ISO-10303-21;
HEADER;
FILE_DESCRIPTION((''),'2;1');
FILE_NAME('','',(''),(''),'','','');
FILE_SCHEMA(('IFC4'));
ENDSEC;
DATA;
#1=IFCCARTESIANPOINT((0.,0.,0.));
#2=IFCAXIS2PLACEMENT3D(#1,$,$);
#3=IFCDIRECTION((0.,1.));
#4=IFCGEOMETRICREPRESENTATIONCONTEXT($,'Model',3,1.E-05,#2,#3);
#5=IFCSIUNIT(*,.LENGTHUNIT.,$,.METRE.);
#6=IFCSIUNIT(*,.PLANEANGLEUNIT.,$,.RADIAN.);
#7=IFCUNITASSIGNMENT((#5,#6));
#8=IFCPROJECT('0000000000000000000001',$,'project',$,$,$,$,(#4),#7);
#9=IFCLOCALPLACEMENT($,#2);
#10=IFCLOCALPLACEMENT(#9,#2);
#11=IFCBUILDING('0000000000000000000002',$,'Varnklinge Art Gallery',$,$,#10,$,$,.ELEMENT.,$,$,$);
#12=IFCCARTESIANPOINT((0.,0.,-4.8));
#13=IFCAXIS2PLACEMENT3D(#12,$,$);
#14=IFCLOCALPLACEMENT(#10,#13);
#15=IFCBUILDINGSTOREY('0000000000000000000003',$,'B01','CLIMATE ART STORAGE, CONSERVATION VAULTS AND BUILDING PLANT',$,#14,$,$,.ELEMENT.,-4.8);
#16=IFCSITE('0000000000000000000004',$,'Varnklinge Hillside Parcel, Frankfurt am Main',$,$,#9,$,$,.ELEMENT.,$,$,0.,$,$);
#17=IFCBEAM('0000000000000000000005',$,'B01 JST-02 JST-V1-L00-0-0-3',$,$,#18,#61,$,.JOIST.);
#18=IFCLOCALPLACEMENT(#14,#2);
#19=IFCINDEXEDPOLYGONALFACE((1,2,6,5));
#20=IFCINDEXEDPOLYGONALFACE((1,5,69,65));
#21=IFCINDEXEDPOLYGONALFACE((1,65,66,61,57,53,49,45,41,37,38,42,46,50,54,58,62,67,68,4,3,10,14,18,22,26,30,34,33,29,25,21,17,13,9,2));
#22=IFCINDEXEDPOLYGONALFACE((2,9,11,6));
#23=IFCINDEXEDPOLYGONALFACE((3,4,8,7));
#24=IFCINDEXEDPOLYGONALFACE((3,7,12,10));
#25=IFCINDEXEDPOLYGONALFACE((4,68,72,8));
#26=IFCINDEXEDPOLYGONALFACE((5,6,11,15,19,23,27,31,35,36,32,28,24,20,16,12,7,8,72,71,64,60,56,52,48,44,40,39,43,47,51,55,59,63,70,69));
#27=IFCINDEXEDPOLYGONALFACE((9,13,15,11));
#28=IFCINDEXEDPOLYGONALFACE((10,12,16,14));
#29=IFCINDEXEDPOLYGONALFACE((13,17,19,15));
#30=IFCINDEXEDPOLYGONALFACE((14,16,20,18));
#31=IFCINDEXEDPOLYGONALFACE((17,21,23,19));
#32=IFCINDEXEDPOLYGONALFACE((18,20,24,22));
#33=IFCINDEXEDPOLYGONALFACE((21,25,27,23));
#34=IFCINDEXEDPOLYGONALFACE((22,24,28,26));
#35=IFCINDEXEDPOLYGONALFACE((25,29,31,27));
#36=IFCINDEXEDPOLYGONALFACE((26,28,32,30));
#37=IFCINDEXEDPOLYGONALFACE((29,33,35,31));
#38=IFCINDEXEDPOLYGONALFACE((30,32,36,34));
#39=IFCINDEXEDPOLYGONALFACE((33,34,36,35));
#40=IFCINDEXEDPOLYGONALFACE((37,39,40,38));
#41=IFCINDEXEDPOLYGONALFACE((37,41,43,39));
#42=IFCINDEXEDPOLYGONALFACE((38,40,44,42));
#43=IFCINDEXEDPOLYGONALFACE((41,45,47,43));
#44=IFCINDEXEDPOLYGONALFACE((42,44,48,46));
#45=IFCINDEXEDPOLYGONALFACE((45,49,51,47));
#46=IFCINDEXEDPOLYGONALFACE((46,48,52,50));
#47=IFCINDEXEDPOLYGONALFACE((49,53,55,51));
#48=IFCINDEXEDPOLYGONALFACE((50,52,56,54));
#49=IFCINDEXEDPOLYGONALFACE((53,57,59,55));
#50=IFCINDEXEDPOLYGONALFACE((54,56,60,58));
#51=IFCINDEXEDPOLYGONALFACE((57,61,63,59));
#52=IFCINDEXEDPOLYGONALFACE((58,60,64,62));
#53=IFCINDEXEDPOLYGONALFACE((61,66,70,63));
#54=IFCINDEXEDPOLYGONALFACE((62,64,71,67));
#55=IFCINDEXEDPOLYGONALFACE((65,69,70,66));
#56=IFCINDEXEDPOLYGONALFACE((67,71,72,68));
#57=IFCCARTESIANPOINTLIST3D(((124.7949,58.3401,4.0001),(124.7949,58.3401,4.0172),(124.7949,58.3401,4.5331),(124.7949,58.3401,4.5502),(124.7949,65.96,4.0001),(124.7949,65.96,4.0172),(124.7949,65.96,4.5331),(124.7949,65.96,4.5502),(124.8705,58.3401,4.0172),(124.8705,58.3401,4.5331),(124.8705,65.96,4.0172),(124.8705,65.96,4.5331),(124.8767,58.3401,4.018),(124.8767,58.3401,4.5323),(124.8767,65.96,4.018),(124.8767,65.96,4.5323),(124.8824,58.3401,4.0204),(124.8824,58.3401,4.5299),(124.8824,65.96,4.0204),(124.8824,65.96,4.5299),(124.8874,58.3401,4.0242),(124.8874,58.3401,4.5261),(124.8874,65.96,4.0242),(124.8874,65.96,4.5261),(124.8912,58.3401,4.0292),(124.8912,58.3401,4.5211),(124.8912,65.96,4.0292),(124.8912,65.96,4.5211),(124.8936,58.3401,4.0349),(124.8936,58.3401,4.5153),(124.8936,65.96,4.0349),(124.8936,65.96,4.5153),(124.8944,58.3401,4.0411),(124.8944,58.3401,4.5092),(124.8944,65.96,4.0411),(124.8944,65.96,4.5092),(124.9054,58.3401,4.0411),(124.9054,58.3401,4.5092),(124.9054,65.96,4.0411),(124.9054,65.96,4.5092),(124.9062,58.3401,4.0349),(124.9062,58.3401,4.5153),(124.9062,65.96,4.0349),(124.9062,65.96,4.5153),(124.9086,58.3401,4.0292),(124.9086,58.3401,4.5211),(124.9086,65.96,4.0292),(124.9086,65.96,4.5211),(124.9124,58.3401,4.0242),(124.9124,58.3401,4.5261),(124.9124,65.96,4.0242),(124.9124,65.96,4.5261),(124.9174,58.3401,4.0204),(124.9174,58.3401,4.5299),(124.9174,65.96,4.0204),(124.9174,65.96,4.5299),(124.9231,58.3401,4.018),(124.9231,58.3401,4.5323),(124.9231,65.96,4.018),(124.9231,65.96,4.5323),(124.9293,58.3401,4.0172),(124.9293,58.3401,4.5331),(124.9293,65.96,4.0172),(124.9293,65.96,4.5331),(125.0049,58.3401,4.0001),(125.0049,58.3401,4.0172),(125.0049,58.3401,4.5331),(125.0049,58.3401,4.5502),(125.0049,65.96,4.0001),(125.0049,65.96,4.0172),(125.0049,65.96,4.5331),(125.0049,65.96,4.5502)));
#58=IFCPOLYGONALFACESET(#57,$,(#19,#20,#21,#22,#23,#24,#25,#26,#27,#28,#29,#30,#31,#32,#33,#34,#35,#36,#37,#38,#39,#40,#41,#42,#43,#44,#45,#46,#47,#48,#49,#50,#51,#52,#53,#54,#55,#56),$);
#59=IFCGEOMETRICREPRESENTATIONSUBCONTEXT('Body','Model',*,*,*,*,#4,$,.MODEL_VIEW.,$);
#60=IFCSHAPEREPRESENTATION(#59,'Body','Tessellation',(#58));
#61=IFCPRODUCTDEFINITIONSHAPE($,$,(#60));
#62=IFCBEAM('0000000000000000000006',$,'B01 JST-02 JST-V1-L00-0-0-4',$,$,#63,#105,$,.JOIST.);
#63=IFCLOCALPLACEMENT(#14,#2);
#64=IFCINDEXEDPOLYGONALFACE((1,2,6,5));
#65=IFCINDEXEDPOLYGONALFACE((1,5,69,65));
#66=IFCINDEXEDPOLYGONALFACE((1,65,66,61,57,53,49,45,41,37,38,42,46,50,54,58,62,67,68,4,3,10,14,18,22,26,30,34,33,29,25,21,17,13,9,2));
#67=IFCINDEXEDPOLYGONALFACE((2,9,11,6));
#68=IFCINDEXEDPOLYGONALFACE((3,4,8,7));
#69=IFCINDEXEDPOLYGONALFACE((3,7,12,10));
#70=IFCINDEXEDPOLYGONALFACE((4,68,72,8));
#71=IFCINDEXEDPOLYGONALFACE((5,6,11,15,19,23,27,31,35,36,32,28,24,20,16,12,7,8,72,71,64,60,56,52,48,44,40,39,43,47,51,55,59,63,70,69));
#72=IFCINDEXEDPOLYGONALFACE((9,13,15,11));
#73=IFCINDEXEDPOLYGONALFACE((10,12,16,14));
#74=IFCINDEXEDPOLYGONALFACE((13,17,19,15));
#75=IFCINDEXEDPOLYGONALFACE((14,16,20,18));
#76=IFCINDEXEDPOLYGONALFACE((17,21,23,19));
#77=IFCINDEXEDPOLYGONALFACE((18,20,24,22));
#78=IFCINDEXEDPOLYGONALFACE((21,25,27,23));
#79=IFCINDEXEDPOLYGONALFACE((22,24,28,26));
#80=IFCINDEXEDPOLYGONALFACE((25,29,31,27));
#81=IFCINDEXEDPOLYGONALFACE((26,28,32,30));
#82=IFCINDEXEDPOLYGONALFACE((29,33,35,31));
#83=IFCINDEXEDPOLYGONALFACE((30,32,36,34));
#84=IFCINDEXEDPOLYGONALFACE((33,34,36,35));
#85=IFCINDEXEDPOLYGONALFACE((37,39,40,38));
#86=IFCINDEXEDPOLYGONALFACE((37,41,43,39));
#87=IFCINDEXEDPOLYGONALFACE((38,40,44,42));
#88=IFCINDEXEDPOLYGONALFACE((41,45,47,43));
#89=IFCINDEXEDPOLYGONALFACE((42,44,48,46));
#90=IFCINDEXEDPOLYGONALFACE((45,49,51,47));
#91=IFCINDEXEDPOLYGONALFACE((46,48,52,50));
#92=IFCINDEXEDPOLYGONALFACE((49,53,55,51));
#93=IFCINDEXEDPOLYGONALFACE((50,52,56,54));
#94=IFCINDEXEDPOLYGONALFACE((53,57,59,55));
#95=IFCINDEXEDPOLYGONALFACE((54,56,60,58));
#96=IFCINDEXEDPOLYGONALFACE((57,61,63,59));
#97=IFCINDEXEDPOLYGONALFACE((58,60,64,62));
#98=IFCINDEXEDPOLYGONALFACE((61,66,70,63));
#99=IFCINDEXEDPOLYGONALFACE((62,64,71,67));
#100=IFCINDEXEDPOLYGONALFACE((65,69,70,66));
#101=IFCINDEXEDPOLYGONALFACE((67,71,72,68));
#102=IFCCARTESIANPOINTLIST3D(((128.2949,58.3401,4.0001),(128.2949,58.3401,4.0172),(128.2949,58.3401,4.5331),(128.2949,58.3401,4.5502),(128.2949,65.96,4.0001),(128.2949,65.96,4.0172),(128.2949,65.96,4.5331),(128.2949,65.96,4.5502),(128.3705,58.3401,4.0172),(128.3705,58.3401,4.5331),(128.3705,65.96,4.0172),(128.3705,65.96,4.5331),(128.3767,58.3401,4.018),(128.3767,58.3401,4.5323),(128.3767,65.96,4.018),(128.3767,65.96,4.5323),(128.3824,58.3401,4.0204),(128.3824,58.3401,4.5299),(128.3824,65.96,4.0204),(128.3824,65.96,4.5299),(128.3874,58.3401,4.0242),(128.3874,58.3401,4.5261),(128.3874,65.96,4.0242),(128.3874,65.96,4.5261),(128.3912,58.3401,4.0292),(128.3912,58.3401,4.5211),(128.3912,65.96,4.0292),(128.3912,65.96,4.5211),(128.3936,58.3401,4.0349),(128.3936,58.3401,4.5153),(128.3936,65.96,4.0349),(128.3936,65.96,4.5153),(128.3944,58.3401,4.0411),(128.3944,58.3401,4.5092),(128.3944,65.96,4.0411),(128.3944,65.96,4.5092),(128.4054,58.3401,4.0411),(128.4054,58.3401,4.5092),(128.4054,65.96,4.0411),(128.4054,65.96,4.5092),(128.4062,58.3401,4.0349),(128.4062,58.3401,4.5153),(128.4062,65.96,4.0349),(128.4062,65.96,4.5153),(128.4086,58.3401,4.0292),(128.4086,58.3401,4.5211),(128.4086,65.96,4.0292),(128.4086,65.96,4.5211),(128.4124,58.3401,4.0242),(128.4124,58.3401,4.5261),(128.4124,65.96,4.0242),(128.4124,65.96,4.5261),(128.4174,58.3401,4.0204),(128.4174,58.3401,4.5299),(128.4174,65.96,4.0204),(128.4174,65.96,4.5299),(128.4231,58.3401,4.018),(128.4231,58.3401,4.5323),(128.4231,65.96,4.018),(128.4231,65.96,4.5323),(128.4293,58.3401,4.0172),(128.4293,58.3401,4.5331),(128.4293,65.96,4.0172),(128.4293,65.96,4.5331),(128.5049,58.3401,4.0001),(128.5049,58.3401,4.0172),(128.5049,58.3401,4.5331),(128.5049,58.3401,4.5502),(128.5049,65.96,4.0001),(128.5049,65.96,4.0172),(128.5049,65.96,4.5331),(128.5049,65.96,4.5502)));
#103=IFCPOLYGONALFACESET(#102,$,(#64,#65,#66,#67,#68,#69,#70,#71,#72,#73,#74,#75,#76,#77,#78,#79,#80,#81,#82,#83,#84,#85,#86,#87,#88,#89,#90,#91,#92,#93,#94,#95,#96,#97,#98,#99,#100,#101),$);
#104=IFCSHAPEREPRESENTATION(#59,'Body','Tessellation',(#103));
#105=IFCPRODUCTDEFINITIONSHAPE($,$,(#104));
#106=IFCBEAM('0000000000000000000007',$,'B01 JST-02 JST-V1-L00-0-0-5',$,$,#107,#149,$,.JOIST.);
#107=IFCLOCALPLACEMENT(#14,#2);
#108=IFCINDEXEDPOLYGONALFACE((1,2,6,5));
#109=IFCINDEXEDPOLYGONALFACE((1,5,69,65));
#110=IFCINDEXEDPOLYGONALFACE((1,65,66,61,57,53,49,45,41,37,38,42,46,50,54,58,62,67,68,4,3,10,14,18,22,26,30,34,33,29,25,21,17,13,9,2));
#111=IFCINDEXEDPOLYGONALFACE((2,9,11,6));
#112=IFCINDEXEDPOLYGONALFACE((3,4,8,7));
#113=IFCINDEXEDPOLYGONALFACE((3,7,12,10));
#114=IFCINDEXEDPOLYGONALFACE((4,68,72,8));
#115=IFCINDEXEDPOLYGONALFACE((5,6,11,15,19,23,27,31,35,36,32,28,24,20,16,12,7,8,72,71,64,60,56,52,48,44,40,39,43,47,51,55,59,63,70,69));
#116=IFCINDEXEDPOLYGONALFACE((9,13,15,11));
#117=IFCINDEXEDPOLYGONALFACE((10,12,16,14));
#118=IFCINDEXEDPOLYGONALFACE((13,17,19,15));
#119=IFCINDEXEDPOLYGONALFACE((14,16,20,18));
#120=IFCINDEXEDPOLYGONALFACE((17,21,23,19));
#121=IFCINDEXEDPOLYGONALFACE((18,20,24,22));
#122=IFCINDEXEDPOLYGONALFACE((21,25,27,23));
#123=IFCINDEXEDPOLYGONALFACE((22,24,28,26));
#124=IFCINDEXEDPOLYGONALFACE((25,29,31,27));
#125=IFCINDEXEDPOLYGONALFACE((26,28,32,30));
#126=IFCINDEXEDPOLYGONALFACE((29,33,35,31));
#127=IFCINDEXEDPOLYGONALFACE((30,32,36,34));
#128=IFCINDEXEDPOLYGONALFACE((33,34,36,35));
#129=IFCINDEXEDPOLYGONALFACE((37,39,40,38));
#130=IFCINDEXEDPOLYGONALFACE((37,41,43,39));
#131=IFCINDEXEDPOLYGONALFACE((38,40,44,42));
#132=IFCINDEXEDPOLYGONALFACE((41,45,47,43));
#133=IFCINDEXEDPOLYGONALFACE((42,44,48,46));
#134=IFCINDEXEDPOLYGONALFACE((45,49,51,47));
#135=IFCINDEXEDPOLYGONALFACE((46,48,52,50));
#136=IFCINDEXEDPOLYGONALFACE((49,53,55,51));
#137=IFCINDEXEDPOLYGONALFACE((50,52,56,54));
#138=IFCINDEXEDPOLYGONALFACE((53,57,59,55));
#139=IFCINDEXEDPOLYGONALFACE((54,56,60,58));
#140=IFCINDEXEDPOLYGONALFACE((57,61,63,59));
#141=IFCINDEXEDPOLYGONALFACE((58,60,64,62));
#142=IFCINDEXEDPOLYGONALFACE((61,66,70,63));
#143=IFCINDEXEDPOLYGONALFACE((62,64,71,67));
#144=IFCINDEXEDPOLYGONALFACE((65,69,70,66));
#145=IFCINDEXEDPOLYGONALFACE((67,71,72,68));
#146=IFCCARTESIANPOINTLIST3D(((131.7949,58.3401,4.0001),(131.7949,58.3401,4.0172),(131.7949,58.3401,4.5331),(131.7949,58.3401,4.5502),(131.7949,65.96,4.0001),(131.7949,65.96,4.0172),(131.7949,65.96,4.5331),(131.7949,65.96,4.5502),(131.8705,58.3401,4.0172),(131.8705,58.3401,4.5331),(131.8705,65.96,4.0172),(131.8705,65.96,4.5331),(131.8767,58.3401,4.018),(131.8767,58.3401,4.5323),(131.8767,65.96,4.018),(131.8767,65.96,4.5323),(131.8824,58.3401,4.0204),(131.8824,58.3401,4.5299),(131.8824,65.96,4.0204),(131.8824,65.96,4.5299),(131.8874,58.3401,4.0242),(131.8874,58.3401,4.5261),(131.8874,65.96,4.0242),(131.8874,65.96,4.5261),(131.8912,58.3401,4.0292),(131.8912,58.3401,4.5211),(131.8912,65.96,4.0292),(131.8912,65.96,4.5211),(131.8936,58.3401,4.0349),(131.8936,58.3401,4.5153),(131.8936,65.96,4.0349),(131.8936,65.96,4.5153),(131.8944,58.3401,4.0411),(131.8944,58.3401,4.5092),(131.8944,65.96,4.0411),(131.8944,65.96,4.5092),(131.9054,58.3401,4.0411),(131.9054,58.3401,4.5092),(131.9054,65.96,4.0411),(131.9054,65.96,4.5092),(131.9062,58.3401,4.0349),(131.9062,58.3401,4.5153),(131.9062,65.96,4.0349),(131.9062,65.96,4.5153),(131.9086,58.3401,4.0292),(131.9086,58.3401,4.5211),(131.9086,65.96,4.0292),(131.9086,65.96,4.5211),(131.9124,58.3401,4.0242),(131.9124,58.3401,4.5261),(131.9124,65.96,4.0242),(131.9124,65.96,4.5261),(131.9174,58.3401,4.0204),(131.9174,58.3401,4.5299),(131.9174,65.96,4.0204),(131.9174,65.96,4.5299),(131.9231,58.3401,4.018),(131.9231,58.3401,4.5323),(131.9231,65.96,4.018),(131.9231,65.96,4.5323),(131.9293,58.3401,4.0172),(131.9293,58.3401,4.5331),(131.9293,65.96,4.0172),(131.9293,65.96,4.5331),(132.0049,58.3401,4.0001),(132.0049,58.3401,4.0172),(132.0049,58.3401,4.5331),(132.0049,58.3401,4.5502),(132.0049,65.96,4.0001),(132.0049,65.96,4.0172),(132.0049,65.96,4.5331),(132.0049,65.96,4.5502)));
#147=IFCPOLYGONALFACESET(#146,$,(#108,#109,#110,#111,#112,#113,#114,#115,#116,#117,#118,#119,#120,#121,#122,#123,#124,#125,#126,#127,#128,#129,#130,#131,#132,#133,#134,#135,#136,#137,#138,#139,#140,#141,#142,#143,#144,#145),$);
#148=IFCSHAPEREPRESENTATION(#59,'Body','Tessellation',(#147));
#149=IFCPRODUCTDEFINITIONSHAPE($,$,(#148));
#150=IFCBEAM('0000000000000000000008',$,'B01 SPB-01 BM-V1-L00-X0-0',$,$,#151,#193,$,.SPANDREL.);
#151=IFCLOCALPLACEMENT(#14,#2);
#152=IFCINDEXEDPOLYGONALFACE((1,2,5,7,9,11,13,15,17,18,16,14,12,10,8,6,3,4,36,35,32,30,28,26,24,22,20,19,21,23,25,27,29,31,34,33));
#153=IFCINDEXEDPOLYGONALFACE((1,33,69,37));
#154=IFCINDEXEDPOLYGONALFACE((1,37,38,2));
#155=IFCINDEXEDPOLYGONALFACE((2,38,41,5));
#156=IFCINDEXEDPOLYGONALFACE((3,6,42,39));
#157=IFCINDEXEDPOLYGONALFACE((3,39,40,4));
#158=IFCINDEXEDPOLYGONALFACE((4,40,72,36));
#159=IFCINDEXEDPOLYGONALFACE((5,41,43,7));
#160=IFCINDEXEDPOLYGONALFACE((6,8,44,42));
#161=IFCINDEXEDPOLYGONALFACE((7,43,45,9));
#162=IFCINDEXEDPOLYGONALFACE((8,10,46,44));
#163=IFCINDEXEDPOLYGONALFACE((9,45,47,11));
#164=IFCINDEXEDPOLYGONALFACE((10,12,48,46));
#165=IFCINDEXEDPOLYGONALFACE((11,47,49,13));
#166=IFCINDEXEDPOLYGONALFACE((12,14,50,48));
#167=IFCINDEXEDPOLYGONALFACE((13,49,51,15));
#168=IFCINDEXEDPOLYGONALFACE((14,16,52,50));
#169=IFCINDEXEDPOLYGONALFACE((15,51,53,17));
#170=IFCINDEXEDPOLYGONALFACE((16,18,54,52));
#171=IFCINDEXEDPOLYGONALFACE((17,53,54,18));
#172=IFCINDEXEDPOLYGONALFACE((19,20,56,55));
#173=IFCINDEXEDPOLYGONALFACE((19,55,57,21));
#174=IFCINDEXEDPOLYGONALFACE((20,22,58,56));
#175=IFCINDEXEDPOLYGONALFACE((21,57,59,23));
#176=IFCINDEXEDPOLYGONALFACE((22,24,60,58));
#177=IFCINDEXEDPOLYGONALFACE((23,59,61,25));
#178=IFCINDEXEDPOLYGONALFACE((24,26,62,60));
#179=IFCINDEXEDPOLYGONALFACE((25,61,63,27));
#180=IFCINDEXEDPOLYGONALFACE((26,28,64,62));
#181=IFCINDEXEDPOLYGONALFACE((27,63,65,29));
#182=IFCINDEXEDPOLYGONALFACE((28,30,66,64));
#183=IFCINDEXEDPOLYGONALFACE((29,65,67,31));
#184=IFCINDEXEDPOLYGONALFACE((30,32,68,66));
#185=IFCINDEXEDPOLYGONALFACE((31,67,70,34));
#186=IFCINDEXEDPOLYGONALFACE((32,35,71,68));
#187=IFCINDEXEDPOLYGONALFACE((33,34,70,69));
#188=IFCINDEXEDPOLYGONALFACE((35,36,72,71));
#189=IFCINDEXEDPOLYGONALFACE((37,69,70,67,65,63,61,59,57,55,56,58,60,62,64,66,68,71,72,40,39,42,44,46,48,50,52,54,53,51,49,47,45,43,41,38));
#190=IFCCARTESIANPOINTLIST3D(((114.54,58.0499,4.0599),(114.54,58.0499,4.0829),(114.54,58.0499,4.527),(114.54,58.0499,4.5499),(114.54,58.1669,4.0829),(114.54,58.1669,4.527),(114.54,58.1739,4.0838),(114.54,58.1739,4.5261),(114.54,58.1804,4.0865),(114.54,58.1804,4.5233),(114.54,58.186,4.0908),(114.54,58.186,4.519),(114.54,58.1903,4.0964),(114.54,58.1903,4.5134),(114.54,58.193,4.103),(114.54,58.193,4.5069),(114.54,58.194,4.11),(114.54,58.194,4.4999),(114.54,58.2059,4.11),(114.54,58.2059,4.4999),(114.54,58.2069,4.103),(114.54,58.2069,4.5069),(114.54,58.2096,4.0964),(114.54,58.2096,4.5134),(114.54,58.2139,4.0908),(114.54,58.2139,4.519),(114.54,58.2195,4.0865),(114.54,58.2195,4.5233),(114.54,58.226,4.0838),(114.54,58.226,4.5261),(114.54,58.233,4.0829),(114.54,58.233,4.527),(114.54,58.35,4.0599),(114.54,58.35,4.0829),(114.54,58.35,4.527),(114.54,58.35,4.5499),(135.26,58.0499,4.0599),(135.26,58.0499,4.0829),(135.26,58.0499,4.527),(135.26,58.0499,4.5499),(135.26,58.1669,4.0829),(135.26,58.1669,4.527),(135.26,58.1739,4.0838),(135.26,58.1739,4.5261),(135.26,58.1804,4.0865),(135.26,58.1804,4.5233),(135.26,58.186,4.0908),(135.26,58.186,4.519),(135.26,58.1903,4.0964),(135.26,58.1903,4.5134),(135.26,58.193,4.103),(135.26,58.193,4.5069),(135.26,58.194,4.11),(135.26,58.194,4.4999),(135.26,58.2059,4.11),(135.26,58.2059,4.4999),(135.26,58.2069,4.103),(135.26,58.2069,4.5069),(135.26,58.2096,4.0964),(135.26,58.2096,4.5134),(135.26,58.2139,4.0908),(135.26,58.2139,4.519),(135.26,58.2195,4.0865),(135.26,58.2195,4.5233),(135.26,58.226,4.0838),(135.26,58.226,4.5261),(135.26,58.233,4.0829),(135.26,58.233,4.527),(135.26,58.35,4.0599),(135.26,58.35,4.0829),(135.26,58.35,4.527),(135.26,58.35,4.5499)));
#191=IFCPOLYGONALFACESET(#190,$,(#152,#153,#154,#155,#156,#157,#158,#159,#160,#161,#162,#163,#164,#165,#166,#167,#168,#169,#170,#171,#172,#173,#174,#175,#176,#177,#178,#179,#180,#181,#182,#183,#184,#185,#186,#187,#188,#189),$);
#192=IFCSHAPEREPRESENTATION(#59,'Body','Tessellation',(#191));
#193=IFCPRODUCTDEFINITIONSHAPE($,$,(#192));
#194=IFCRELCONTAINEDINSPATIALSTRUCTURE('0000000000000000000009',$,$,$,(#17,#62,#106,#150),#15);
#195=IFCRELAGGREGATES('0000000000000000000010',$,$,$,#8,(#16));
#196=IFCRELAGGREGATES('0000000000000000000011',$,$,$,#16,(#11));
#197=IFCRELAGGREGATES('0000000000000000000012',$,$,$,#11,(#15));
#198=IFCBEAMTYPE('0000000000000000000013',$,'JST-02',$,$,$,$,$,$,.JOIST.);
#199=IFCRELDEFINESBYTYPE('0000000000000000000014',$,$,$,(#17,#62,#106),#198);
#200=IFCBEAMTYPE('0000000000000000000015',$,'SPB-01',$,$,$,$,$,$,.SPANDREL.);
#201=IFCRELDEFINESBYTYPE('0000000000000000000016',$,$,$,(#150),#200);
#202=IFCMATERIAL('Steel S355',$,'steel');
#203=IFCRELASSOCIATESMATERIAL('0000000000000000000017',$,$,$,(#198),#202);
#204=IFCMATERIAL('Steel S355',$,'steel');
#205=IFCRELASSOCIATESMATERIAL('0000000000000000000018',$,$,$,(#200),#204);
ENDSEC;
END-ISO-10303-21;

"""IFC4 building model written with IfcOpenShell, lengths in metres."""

from ifc_helpers import new_model, si_unit, direction, frame, origin, origin_2d, place, context, subcontext, project, spatial, i_section, extrude, material, material_profile, profile_set, type_object, element, save


model = new_model("IFC4")

# Units and contexts
model_context = context("Model", 3, precision=1e-05, world=origin(), true_north=direction((0.0, 1.0)))
body_context = subcontext(model_context, "Body", "Model", "MODEL_VIEW")
ifc_project = project(units=[si_unit("LENGTHUNIT", "METRE"), si_unit("PLANEANGLEUNIT", "RADIAN")], contexts=[model_context])

# Site, building, storey
site_placement = place(None, origin())
site = spatial("IfcSite", under=ifc_project, at=site_placement, Name="Varnklinge Hillside Parcel, Frankfurt am Main", CompositionType="ELEMENT", RefElevation=0.0)
building_placement = place(site_placement, origin())
building = spatial("IfcBuilding", under=site, at=building_placement, Name="Varnklinge Art Gallery", CompositionType="ELEMENT")
storey_placement = place(building_placement, frame((0.0, 0.0, -4.8)))
storey = spatial("IfcBuildingStorey", under=building, at=storey_placement, Name="B01", Description="CLIMATE ART STORAGE, CONSERVATION VAULTS AND BUILDING PLANT", CompositionType="ELEMENT", Elevation=-4.8)

# Beams
ifc_material_1 = material(Name="Steel S355", Category="steel")
ifc_material_profile_1 = material_profile(ifc_material_1, i_section(OverallWidth=0.21, OverallDepth=0.55, WebThickness=0.011, FlangeThickness=0.0171, FilletRadius=0.0239, at=origin_2d()), Name="IPE 550")
ifc_profile_set_1 = profile_set([ifc_material_profile_1], Name="Steel S355")
beam_type_1 = type_object("IfcBeamType", Name="JST-02", PredefinedType="JOIST", material=ifc_profile_set_1)
for number, where, z_axis, x_axis, name in (
    (1, (124.8999, 58.3401, 4.2751), (0.0, 1.0, 0.0), (-1.0, 0.0, 0.0), "B01 JST-02 JST-V1-L00-0-0-3"),
    (2, (128.3999, 58.3401, 4.2751), (0.0, 1.0, 0.0), (-1.0, 0.0, 0.0), "B01 JST-02 JST-V1-L00-0-0-4"),
    (3, (131.8999, 58.3401, 4.2751), (0.0, 1.0, 0.0), (-1.0, 0.0, 0.0), "B01 JST-02 JST-V1-L00-0-0-5"),
):
    element("IfcBeam", number, at=place(storey_placement, frame(where, z_axis=z_axis, x_axis=x_axis)), inside=storey, type_object=beam_type_1, Name=name, PredefinedType="JOIST", context=body_context, shape_type="SweptSolid", body=[
        extrude(i_section(OverallWidth=0.21, OverallDepth=0.55, WebThickness=0.011, FlangeThickness=0.0171, FilletRadius=0.0239, at=origin_2d()), origin(), (0.0, 0.0, 1.0), 7.6199),
    ])
ifc_material_2 = material(Name="Steel S355", Category="steel")
ifc_material_profile_2 = material_profile(ifc_material_2, i_section(OverallWidth=0.3, OverallDepth=0.49, WebThickness=0.012, FlangeThickness=0.0229, FilletRadius=0.0271, at=origin_2d()), Name="HEA 500")
ifc_profile_set_2 = profile_set([ifc_material_profile_2], Name="Steel S355")
beam_type_2 = type_object("IfcBeamType", Name="SPB-01", PredefinedType="SPANDREL", material=ifc_profile_set_2)
beam_1_placement = place(storey_placement, frame((114.54, 58.2, 4.3049), z_axis=(1.0, 0.0, 0.0), x_axis=(0.0, 1.0, 0.0)))
element("IfcBeam", 4, at=beam_1_placement, inside=storey, type_object=beam_type_2, Name="B01 SPB-01 BM-V1-L00-X0-0", PredefinedType="SPANDREL", context=body_context, shape_type="SweptSolid", body=[
    extrude(i_section(OverallWidth=0.3, OverallDepth=0.49, WebThickness=0.012, FlangeThickness=0.0229, FilletRadius=0.0271, at=origin_2d()), origin(), (0.0, 0.0, 1.0), 20.72),
])

save(model, "model.ifc")
